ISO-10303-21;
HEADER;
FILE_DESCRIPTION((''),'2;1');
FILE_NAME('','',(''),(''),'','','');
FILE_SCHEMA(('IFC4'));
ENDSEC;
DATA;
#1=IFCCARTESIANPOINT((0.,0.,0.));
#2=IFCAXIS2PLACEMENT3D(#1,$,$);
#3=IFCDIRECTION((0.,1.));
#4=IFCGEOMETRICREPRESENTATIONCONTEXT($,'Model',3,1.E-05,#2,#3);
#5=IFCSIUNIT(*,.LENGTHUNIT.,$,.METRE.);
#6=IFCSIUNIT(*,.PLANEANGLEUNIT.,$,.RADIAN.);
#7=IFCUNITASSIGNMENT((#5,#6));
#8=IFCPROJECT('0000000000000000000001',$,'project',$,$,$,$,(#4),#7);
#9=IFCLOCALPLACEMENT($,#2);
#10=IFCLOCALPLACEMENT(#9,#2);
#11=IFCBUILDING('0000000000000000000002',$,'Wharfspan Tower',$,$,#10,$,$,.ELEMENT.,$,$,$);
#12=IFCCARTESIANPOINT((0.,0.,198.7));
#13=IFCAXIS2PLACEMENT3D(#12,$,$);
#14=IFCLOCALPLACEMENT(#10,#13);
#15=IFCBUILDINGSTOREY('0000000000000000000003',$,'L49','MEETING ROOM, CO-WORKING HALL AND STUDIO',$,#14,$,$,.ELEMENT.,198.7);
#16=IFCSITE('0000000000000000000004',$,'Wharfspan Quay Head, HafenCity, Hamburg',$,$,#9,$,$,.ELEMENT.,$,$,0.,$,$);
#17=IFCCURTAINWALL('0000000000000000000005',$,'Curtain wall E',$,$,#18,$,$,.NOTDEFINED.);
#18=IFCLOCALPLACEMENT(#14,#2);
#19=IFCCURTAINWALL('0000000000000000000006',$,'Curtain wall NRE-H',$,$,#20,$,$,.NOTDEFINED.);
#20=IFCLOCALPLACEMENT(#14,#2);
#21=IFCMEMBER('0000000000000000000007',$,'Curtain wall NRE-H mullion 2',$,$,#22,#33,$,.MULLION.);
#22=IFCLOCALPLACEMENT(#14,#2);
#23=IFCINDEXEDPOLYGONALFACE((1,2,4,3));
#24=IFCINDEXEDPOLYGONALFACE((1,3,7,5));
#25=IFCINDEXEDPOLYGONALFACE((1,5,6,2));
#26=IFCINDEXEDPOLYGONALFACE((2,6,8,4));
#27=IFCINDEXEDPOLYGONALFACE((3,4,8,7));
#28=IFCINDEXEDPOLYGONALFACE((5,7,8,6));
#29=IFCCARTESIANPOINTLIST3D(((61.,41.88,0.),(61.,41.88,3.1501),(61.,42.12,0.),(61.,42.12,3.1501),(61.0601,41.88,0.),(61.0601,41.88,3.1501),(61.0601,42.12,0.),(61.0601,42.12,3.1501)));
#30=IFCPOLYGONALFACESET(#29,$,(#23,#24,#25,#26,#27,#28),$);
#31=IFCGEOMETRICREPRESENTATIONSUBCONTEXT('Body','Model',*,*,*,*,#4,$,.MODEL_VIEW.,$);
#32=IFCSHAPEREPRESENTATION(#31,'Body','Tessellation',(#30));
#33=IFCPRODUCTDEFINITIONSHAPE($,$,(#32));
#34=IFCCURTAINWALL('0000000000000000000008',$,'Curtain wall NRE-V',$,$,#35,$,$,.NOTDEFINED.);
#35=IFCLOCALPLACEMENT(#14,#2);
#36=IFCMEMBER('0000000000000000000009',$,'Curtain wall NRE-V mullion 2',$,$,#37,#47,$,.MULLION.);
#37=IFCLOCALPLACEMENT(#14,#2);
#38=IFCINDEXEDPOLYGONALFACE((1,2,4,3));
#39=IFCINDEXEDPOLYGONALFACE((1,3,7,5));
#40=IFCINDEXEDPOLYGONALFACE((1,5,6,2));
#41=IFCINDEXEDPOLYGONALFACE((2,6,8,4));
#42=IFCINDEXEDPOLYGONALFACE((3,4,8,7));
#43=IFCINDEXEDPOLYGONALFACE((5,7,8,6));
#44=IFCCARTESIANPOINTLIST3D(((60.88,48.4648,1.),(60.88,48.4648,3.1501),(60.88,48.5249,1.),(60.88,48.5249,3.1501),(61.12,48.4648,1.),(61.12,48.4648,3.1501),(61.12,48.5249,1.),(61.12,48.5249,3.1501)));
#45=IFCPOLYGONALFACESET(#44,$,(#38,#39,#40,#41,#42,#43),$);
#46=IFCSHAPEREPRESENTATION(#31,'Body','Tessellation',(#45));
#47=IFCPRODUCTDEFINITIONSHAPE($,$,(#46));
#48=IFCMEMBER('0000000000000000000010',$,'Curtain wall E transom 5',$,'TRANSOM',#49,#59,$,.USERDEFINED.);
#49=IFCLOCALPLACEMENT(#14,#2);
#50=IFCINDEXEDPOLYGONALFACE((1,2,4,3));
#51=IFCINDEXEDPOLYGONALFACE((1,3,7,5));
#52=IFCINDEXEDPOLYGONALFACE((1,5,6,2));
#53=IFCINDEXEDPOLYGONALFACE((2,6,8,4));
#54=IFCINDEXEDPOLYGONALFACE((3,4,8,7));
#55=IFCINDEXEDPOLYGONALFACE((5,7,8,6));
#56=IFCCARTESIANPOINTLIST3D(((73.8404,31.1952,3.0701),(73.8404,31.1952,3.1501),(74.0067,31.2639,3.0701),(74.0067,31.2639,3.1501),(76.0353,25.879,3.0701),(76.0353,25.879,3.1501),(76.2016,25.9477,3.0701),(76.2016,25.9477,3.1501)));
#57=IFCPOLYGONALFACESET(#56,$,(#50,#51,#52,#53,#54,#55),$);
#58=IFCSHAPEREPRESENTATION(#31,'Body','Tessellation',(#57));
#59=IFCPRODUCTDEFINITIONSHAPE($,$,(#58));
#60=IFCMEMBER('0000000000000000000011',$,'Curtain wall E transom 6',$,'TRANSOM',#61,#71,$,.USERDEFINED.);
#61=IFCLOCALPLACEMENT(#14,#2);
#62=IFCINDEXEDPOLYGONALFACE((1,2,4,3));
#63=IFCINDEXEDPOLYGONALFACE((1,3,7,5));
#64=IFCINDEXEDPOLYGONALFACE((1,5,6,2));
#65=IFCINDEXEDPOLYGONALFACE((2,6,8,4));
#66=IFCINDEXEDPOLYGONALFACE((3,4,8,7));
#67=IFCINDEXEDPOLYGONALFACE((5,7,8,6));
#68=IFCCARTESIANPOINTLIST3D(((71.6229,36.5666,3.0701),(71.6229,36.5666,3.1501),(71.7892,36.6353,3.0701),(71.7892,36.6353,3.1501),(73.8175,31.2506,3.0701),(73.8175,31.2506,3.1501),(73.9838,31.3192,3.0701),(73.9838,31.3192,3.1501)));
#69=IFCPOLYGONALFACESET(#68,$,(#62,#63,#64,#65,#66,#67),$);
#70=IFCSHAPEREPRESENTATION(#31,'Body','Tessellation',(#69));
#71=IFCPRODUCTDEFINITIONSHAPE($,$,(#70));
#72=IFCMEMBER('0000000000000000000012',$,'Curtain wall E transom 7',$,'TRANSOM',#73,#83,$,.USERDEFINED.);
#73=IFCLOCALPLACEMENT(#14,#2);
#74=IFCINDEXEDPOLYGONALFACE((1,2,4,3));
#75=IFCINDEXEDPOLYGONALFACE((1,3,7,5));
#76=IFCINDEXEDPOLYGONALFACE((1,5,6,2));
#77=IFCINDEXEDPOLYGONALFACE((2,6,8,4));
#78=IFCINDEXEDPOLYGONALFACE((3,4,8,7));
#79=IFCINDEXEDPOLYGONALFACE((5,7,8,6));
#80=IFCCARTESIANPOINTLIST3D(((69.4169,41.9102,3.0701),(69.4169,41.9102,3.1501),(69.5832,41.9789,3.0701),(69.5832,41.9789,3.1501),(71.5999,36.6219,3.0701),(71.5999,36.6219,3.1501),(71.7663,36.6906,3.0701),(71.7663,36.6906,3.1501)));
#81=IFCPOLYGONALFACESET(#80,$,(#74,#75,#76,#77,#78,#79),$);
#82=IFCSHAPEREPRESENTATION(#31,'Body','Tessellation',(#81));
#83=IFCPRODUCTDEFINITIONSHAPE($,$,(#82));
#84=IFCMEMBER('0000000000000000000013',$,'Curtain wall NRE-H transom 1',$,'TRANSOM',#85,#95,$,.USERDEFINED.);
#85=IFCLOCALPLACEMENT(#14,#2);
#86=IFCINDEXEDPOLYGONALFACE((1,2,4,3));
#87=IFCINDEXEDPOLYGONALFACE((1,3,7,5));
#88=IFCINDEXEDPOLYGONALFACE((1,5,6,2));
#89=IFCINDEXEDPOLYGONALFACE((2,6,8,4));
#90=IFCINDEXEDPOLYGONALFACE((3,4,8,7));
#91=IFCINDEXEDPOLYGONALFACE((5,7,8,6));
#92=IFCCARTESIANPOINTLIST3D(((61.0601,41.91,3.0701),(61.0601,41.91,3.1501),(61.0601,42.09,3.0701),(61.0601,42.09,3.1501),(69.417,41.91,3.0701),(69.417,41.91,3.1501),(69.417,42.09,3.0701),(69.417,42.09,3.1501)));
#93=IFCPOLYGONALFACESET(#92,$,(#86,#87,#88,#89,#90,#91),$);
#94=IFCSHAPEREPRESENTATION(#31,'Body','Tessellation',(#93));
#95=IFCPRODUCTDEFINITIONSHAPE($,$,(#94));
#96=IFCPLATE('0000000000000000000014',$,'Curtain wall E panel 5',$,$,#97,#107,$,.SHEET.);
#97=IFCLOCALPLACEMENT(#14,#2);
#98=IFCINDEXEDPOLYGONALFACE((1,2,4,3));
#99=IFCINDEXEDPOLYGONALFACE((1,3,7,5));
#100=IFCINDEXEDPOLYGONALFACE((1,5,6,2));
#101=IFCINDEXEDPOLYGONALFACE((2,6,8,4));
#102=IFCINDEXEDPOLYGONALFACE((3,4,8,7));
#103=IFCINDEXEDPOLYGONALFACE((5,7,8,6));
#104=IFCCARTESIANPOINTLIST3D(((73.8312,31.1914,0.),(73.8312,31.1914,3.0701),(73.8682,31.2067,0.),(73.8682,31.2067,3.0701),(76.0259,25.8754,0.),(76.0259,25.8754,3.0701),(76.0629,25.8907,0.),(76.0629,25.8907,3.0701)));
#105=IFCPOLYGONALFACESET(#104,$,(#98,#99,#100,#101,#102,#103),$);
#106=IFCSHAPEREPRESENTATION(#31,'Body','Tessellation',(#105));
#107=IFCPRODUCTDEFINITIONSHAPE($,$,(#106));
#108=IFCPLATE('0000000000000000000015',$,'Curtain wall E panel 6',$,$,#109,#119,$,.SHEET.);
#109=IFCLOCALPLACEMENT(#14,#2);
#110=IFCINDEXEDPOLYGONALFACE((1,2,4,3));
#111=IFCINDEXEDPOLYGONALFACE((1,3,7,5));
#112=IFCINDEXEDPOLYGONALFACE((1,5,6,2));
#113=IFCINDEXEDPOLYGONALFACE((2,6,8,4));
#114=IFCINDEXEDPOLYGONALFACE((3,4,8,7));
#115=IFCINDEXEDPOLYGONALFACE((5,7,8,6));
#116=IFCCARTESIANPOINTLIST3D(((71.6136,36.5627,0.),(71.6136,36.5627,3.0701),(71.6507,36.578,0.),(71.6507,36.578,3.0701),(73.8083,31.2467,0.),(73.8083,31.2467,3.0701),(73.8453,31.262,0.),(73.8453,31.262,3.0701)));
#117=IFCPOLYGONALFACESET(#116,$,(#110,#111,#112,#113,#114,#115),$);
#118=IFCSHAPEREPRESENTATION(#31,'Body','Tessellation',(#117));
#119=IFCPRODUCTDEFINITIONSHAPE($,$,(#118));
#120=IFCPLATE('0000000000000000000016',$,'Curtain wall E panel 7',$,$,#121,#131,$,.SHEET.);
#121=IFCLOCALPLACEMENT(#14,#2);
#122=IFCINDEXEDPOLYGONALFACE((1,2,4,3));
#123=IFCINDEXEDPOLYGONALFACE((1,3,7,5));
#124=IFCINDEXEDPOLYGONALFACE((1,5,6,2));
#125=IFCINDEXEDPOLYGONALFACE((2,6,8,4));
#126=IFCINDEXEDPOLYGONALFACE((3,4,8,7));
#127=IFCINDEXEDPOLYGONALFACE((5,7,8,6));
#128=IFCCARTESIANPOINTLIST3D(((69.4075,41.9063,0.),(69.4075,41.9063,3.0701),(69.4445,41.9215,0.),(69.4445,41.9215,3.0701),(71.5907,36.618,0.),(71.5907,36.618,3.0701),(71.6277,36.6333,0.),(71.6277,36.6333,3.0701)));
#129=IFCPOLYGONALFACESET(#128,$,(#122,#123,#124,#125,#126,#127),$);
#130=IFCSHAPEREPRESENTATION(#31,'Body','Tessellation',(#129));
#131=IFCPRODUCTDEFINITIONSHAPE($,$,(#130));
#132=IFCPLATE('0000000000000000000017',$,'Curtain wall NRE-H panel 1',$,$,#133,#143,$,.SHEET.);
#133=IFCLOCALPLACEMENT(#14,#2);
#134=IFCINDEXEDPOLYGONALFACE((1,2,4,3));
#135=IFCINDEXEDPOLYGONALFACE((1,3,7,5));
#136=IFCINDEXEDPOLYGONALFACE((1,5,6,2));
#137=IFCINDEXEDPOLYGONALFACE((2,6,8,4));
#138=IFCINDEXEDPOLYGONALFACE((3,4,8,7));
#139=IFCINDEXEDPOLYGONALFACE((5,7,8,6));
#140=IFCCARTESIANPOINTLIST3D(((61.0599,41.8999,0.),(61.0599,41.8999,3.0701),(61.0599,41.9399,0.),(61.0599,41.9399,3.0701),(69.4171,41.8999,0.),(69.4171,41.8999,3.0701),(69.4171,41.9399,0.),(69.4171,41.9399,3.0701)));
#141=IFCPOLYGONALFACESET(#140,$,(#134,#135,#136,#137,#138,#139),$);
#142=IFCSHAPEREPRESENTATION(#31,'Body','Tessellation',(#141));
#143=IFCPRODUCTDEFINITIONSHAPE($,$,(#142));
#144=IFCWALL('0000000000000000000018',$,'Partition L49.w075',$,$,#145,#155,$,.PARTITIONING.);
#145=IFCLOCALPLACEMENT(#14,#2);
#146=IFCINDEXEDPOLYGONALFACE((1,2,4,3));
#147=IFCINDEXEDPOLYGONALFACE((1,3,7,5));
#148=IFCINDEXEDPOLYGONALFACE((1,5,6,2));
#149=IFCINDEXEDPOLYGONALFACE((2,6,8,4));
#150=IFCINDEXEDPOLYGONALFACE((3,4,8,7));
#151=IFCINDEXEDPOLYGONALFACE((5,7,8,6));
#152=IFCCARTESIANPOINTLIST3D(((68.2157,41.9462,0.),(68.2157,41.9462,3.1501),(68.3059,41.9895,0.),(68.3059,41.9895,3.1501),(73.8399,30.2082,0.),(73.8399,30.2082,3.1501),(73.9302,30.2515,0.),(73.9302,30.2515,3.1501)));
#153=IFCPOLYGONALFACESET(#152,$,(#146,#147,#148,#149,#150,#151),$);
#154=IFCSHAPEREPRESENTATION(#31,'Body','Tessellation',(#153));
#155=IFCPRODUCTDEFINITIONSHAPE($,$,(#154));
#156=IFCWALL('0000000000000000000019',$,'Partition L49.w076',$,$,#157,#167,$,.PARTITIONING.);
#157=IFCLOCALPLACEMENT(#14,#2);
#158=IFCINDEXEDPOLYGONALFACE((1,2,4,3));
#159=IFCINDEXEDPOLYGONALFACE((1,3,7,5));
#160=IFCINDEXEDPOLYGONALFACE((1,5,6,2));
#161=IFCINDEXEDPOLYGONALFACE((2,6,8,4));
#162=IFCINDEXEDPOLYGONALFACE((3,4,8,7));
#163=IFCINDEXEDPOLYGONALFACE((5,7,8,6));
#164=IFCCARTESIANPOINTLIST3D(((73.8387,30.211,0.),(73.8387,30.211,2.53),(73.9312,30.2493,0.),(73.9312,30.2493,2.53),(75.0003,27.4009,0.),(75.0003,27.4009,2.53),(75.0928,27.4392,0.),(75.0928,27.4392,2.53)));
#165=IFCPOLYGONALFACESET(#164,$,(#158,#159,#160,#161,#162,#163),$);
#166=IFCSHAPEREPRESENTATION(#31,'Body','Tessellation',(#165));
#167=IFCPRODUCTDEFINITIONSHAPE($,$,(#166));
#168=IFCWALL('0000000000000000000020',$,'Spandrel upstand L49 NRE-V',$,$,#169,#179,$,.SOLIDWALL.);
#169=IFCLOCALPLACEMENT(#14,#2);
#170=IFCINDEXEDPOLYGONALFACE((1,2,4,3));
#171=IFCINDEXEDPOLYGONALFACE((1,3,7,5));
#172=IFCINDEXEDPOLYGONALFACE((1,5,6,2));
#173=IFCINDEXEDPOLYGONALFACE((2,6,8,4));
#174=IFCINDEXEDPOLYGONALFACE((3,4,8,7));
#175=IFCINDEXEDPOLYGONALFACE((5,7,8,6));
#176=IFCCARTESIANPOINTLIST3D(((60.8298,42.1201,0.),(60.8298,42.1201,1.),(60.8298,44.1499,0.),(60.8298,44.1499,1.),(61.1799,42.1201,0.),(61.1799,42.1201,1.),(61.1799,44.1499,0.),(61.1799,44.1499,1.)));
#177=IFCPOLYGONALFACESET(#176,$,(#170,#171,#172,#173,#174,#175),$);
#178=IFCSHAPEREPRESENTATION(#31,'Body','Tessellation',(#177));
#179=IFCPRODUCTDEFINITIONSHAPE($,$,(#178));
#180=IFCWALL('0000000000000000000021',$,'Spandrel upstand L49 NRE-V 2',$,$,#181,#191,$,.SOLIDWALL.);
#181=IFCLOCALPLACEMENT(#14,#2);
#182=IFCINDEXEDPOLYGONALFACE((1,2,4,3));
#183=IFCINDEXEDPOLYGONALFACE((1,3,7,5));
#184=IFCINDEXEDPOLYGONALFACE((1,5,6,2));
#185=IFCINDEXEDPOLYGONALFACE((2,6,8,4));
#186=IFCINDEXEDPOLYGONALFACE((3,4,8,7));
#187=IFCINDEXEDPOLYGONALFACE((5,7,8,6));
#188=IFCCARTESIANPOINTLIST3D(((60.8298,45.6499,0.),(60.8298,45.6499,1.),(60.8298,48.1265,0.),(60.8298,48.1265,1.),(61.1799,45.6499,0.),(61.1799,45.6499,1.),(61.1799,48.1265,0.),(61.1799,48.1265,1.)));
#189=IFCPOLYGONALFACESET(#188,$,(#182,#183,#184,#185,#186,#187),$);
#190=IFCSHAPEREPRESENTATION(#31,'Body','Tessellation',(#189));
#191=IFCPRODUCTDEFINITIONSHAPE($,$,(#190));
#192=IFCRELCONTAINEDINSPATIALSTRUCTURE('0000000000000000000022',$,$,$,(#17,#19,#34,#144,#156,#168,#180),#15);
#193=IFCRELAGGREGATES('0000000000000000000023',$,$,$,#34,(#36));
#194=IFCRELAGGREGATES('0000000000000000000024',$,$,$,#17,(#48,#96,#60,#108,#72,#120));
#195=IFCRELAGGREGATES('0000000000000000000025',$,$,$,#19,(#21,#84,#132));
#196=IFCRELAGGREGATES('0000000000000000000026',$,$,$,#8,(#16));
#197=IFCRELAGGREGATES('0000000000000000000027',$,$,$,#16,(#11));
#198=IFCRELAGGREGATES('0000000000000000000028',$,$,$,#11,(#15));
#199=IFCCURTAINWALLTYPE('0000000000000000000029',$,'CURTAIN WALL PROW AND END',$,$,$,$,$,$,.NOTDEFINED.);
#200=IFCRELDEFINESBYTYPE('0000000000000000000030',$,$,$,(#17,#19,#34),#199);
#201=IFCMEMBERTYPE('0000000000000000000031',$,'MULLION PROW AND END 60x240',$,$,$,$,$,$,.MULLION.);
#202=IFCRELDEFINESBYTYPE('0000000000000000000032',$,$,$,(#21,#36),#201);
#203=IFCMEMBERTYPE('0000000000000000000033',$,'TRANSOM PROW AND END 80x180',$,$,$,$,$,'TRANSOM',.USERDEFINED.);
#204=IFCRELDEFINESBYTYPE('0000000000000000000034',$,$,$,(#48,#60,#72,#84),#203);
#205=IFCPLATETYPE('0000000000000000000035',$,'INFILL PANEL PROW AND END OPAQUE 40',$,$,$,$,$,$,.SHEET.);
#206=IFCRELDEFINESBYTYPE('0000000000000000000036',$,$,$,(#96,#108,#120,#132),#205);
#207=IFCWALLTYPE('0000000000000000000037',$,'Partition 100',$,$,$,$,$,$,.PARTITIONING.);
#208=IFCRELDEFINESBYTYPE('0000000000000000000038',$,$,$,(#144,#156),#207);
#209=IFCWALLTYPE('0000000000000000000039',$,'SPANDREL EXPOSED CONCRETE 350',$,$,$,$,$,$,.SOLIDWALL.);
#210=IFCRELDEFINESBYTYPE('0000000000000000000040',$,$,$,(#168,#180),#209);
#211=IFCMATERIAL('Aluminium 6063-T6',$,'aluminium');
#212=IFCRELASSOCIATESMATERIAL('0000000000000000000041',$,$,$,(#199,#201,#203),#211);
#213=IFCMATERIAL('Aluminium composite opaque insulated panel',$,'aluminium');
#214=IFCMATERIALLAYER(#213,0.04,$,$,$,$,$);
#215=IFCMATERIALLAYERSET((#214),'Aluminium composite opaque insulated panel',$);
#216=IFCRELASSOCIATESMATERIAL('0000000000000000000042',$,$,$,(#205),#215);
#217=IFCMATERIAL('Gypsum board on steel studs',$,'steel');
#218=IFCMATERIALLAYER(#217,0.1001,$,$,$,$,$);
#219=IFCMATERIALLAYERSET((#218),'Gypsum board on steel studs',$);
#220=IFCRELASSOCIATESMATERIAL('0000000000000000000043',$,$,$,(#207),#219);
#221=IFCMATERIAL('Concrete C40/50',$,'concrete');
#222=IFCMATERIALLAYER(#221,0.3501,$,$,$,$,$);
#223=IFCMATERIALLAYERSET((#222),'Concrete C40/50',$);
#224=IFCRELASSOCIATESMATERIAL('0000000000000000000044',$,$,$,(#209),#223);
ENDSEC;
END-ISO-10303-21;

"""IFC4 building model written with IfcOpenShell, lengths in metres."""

from ifc_helpers import new_model, si_unit, direction, frame, frame_2d, origin, origin_2d, place, context, subcontext, project, spatial, rectangle, extrude, material, layer, layer_set, material_profile, profile_set, type_object, element, aggregate, save


model = new_model("IFC4")

# Units and contexts
model_context = context("Model", 3, precision=1e-05, world=origin(), true_north=direction((0.0, 1.0)))
body_context = subcontext(model_context, "Body", "Model", "MODEL_VIEW")
ifc_project = project(units=[si_unit("LENGTHUNIT", "METRE"), si_unit("PLANEANGLEUNIT", "RADIAN")], contexts=[model_context])

# Site, building, storey
site_placement = place(None, origin())
site = spatial("IfcSite", under=ifc_project, at=site_placement, Name="Wharfspan Quay Head, HafenCity, Hamburg", CompositionType="ELEMENT", RefElevation=0.0)
building_placement = place(site_placement, origin())
building = spatial("IfcBuilding", under=site, at=building_placement, Name="Wharfspan Tower", CompositionType="ELEMENT")
storey_placement = place(building_placement, frame((0.0, 0.0, 198.7)))
storey = spatial("IfcBuildingStorey", under=building, at=storey_placement, Name="L49", Description="MEETING ROOM, CO-WORKING HALL AND STUDIO", CompositionType="ELEMENT", Elevation=198.7)

# Curtain walls, member
ifc_material_1 = material(Name="Aluminium 6063-T6", Category="aluminium")
curtain_wall_type = type_object("IfcCurtainWallType", Name="CURTAIN WALL PROW AND END", PredefinedType="NOTDEFINED", material=ifc_material_1)
curtain_wall_1_placement = place(storey_placement, origin())
curtain_wall_1 = element("IfcCurtainWall", 1, at=curtain_wall_1_placement, inside=storey, type_object=curtain_wall_type, Name="Curtain wall E", PredefinedType="NOTDEFINED")
ifc_material_profile_1 = material_profile(ifc_material_1, rectangle(XDim=0.24, YDim=0.0601, at=origin_2d()))
ifc_profile_set_1 = profile_set([ifc_material_profile_1], Name="Aluminium 6063-T6")
member_type_1 = type_object("IfcMemberType", Name="MULLION PROW AND END 60x240", PredefinedType="MULLION", material=ifc_profile_set_1)
curtain_wall_2_placement = place(storey_placement, origin())
curtain_wall_2 = element("IfcCurtainWall", 2, at=curtain_wall_2_placement, inside=storey, type_object=curtain_wall_type, Name="Curtain wall NRE-H", PredefinedType="NOTDEFINED")
member_1_placement = place(storey_placement, frame((61.03, 42.0, 0.0), z_axis=(0.0, 0.0, 1.0), x_axis=(0.0, -1.0, 0.0)))
member_1 = element("IfcMember", 3, at=member_1_placement, type_object=member_type_1, Name="Curtain wall NRE-H mullion 2", PredefinedType="MULLION", context=body_context, shape_type="SweptSolid", body=[
    extrude(rectangle(XDim=0.24, YDim=0.0601, at=origin_2d()), origin(), (0.0, 0.0, 1.0), 3.1501),
])

# Curtain wall, member
curtain_wall_3_placement = place(storey_placement, origin())
curtain_wall_3 = element("IfcCurtainWall", 4, at=curtain_wall_3_placement, inside=storey, type_object=curtain_wall_type, Name="Curtain wall NRE-V", PredefinedType="NOTDEFINED")
member_2_placement = place(storey_placement, frame((61.0, 48.4949, 1.0), z_axis=(0.0, 0.0, 1.0), x_axis=(-1.0, 0.0, 0.0)))
member_2 = element("IfcMember", 5, at=member_2_placement, type_object=member_type_1, Name="Curtain wall NRE-V mullion 2", PredefinedType="MULLION", context=body_context, shape_type="SweptSolid", body=[
    extrude(rectangle(XDim=0.24, YDim=0.0601, at=origin_2d()), origin(), (0.0, 0.0, 1.0), 2.1501),
])
aggregate(curtain_wall_3, [member_2])

# Members
ifc_material_profile_2 = material_profile(ifc_material_1, rectangle(XDim=0.1799, YDim=0.0801, at=origin_2d()))
ifc_profile_set_2 = profile_set([ifc_material_profile_2], Name="Aluminium 6063-T6")
member_type_2 = type_object("IfcMemberType", Name="TRANSOM PROW AND END 80x180", ElementType="TRANSOM", PredefinedType="USERDEFINED", material=ifc_profile_set_2)
member_3_placement = place(storey_placement, frame((76.1184, 25.9133, 3.1101), z_axis=(-0.381614, 0.924322, 0.0), x_axis=(-0.924322, -0.381614, 0.0)))
member_3 = element("IfcMember", 6, at=member_3_placement, type_object=member_type_2, Name="Curtain wall E transom 5", ObjectType="TRANSOM", PredefinedType="USERDEFINED", context=body_context, shape_type="SweptSolid", body=[
    extrude(rectangle(XDim=0.1799, YDim=0.0801, at=origin_2d()), origin(), (0.0, 0.0, 1.0), 5.7515),
])
member_4_placement = place(storey_placement, frame((73.9006, 31.2849, 3.1101), z_axis=(-0.381593, 0.92433, 0.0), x_axis=(-0.92433, -0.381593, 0.0)))
member_4 = element("IfcMember", 7, at=member_4_placement, type_object=member_type_2, Name="Curtain wall E transom 6", ObjectType="TRANSOM", PredefinedType="USERDEFINED", context=body_context, shape_type="SweptSolid", body=[
    extrude(rectangle(XDim=0.1799, YDim=0.0801, at=origin_2d()), origin(), (0.0, 0.0, 1.0), 5.7512),
])
member_5_placement = place(storey_placement, frame((71.6831, 36.6562, 3.1101), z_axis=(-0.38158, 0.924336, 0.0), x_axis=(-0.924336, -0.38158, 0.0)))
member_5 = element("IfcMember", 8, at=member_5_placement, type_object=member_type_2, Name="Curtain wall E transom 7", ObjectType="TRANSOM", PredefinedType="USERDEFINED", context=body_context, shape_type="SweptSolid", body=[
    extrude(rectangle(XDim=0.1799, YDim=0.0801, at=origin_2d()), origin(), (0.0, 0.0, 1.0), 5.7212),
])
member_6_placement = place(storey_placement, frame((69.417, 42.0, 3.1101), z_axis=(-1.0, 0.0, 0.0), x_axis=(0.0, -1.0, 0.0)))
member_6 = element("IfcMember", 9, at=member_6_placement, type_object=member_type_2, Name="Curtain wall NRE-H transom 1", ObjectType="TRANSOM", PredefinedType="USERDEFINED", context=body_context, shape_type="SweptSolid", body=[
    extrude(rectangle(XDim=0.1799, YDim=0.0801, at=origin_2d()), origin(), (0.0, 0.0, 1.0), 8.3569),
])

# Plates
ifc_material_2 = material(Name="Aluminium composite opaque insulated panel", Category="aluminium")
ifc_layer_1 = layer(ifc_material_2, 0.04)
ifc_layer_set_1 = layer_set([ifc_layer_1], Name="Aluminium composite opaque insulated panel")
plate_type = type_object("IfcPlateType", Name="INFILL PANEL PROW AND END OPAQUE 40", PredefinedType="SHEET", material=ifc_layer_set_1)
plate_1_placement = place(storey_placement, frame((74.947, 28.541, 0.0), z_axis=(0.0, 0.0, 1.0), x_axis=(-0.381602, 0.924325, 0.0)))
plate_1 = element("IfcPlate", 10, at=plate_1_placement, type_object=plate_type, Name="Curtain wall E panel 5", PredefinedType="SHEET", context=body_context, shape_type="SweptSolid", body=[
    extrude(rectangle(XDim=5.7512, YDim=0.04, at=origin_2d()), origin(), (0.0, 0.0, 1.0), 3.0701),
])
plate_2_placement = place(storey_placement, frame((72.7295, 33.9124, 0.0), z_axis=(0.0, 0.0, 1.0), x_axis=(-0.381602, 0.924325, 0.0)))
plate_2 = element("IfcPlate", 11, at=plate_2_placement, type_object=plate_type, Name="Curtain wall E panel 6", PredefinedType="SHEET", context=body_context, shape_type="SweptSolid", body=[
    extrude(rectangle(XDim=5.7512, YDim=0.04, at=origin_2d()), origin(), (0.0, 0.0, 1.0), 3.0701),
])
plate_3_placement = place(storey_placement, frame((70.5176, 39.2698, 0.0), z_axis=(0.0, 0.0, 1.0), x_axis=(-0.381602, 0.924325, 0.0)))
plate_3 = element("IfcPlate", 12, at=plate_3_placement, type_object=plate_type, Name="Curtain wall E panel 7", PredefinedType="SHEET", context=body_context, shape_type="SweptSolid", body=[
    extrude(rectangle(XDim=5.7212, YDim=0.04, at=origin_2d()), origin(), (0.0, 0.0, 1.0), 3.0701),
])
aggregate(curtain_wall_1, [member_3, plate_1, member_4, plate_2, member_5, plate_3])
plate_4_placement = place(storey_placement, frame((65.2385, 41.9199, 0.0), z_axis=(0.0, 0.0, 1.0), x_axis=(-1.0, 0.0, 0.0)))
plate_4 = element("IfcPlate", 13, at=plate_4_placement, type_object=plate_type, Name="Curtain wall NRE-H panel 1", PredefinedType="SHEET", context=body_context, shape_type="SweptSolid", body=[
    extrude(rectangle(XDim=8.3572, YDim=0.04, at=origin_2d()), origin(), (0.0, 0.0, 1.0), 3.0701),
])
aggregate(curtain_wall_2, [member_1, member_6, plate_4])

# Walls
ifc_material_3 = material(Name="Gypsum board on steel studs", Category="steel")
ifc_layer_2 = layer(ifc_material_3, 0.1001)
ifc_layer_set_2 = layer_set([ifc_layer_2], Name="Gypsum board on steel studs")
wall_type_1 = type_object("IfcWallType", Name="Partition 100", PredefinedType="PARTITIONING", material=ifc_layer_set_2)
wall_1_placement = place(storey_placement, frame((73.885, 30.23, 0.0), z_axis=(0.0, 0.0, 1.0), x_axis=(-0.432107, 0.901822, 0.0)))
element("IfcWall", 14, at=wall_1_placement, inside=storey, type_object=wall_type_1, Name="Partition L49.w075", PredefinedType="PARTITIONING", context=body_context, shape_type="SweptSolid", body=[
    extrude(rectangle(XDim=13.0159, YDim=0.1001, at=frame_2d((6.5078, 0.0))), origin(), (0.0, 0.0, 1.0), 3.1501),
])
wall_2_placement = place(storey_placement, frame((75.0466, 27.4199, 0.0), z_axis=(0.0, 0.0, 1.0), x_axis=(-0.382024, 0.924148, 0.0)))
element("IfcWall", 15, at=wall_2_placement, inside=storey, type_object=wall_type_1, Name="Partition L49.w076", PredefinedType="PARTITIONING", context=body_context, shape_type="SweptSolid", body=[
    extrude(rectangle(XDim=3.0408, YDim=0.1001, at=frame_2d((1.5205, 0.0))), origin(), (0.0, 0.0, 1.0), 2.53),
])
ifc_material_4 = material(Name="Concrete C40/50", Category="concrete")
ifc_layer_3 = layer(ifc_material_4, 0.3501)
ifc_layer_set_3 = layer_set([ifc_layer_3], Name="Concrete C40/50")
wall_type_2 = type_object("IfcWallType", Name="SPANDREL EXPOSED CONCRETE 350", PredefinedType="SOLIDWALL", material=ifc_layer_set_3)
wall_3_placement = place(storey_placement, frame((61.0049, 42.1201, 0.0), z_axis=(0.0, 0.0, 1.0), x_axis=(0.0, 1.0, 0.0)))
element("IfcWall", 16, at=wall_3_placement, inside=storey, type_object=wall_type_2, Name="Spandrel upstand L49 NRE-V", PredefinedType="SOLIDWALL", context=body_context, shape_type="SweptSolid", body=[
    extrude(rectangle(XDim=2.0298, YDim=0.3501, at=frame_2d((1.0149, 0.0))), origin(), (0.0, 0.0, 1.0), 1.0),
])
wall_4_placement = place(storey_placement, frame((61.0049, 45.6499, 0.0), z_axis=(0.0, 0.0, 1.0), x_axis=(0.0, 1.0, 0.0)))
element("IfcWall", 17, at=wall_4_placement, inside=storey, type_object=wall_type_2, Name="Spandrel upstand L49 NRE-V 2", PredefinedType="SOLIDWALL", context=body_context, shape_type="SweptSolid", body=[
    extrude(rectangle(XDim=2.4766, YDim=0.3501, at=frame_2d((1.2383, 0.0))), origin(), (0.0, 0.0, 1.0), 1.0),
])

save(model, "model.ifc")
